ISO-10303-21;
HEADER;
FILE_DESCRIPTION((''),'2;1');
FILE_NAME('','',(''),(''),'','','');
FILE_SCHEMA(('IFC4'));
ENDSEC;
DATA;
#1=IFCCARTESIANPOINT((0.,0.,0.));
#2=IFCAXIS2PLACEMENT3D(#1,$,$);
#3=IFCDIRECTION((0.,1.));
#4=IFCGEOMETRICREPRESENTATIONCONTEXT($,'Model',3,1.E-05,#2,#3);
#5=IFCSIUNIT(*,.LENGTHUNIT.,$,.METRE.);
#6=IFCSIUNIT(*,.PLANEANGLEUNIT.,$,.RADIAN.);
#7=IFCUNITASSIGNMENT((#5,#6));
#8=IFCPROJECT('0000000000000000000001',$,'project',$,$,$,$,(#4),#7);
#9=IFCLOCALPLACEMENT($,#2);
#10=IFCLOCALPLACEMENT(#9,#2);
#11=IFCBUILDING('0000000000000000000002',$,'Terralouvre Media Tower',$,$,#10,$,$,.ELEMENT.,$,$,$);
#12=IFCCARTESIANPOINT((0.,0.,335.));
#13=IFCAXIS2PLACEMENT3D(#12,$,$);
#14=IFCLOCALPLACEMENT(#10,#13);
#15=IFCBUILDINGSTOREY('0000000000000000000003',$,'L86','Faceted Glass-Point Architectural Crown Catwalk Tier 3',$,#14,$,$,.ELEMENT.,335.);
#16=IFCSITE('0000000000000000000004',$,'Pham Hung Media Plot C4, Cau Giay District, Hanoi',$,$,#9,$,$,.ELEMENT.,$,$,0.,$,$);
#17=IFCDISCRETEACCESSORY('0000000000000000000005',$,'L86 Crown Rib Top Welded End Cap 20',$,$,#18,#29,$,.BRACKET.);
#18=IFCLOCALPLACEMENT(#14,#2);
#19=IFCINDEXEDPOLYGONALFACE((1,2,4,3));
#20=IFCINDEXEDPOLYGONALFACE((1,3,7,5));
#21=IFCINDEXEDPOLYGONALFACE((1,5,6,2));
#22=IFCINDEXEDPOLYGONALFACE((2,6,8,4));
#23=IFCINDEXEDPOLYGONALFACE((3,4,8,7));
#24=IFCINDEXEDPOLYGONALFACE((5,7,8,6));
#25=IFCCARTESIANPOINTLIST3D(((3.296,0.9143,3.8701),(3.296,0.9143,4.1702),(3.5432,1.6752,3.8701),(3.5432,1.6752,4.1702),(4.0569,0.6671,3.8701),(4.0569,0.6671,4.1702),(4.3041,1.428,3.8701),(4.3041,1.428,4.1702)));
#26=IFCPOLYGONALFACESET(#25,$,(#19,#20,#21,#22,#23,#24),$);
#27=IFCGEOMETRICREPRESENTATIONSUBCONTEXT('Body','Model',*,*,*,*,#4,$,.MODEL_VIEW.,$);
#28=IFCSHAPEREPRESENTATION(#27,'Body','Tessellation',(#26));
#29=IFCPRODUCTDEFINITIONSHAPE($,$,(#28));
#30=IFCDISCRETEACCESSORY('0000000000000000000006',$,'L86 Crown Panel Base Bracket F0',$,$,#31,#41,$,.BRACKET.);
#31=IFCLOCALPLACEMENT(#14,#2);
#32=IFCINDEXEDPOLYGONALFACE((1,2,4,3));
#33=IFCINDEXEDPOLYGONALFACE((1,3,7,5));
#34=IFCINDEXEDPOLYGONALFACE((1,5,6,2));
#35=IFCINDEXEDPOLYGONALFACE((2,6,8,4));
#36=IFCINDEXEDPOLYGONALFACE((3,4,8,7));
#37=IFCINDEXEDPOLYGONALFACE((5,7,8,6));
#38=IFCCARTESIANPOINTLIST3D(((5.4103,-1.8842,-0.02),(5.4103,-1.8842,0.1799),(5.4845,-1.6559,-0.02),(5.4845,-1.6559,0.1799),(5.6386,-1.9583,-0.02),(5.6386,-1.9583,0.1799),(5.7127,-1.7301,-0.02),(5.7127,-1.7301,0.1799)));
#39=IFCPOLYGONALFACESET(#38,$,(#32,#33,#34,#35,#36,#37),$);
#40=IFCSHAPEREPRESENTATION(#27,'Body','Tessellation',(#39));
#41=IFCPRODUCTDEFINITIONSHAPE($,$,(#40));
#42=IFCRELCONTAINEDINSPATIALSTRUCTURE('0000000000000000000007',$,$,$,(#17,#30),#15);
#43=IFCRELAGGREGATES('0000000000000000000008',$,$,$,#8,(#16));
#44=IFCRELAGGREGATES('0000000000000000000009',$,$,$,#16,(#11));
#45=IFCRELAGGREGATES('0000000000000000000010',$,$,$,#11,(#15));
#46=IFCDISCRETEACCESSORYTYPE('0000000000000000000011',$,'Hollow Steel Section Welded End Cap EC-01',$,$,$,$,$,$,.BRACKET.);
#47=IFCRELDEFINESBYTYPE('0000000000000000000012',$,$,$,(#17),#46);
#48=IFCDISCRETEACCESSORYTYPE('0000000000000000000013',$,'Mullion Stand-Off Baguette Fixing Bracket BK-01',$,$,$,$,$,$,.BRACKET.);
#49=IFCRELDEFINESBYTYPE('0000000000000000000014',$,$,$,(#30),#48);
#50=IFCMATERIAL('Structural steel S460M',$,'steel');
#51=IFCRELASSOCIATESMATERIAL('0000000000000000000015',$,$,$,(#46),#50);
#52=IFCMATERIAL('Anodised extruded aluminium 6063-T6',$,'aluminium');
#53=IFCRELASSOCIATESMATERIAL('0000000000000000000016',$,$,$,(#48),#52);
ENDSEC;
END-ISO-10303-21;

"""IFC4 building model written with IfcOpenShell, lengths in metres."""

from ifc_helpers import new_model, si_unit, direction, frame, origin, origin_2d, place, context, subcontext, project, spatial, rectangle, extrude, material, type_object, element, save


model = new_model("IFC4")

# Units and contexts
model_context = context("Model", 3, precision=1e-05, world=origin(), true_north=direction((0.0, 1.0)))
body_context = subcontext(model_context, "Body", "Model", "MODEL_VIEW")
ifc_project = project(units=[si_unit("LENGTHUNIT", "METRE"), si_unit("PLANEANGLEUNIT", "RADIAN")], contexts=[model_context])

# Site, building, storey
site_placement = place(None, origin())
site = spatial("IfcSite", under=ifc_project, at=site_placement, Name="Pham Hung Media Plot C4, Cau Giay District, Hanoi", CompositionType="ELEMENT", RefElevation=0.0)
building_placement = place(site_placement, origin())
building = spatial("IfcBuilding", under=site, at=building_placement, Name="Terralouvre Media Tower", CompositionType="ELEMENT")
storey_placement = place(building_placement, frame((0.0, 0.0, 335.0)))
storey = spatial("IfcBuildingStorey", under=building, at=storey_placement, Name="L86", Description="Faceted Glass-Point Architectural Crown Catwalk Tier 3", CompositionType="ELEMENT", Elevation=335.0)

# Discrete accessories
ifc_material_1 = material(Name="Structural steel S460M", Category="steel")
discrete_accessory_type_1 = type_object("IfcDiscreteAccessoryType", Name="Hollow Steel Section Welded End Cap EC-01", PredefinedType="BRACKET", material=ifc_material_1)
for number, where, z_axis, x_axis, name in (
    (1, (3.8, 1.1711, 3.8701), (0.0, 0.0, 1.0), (0.309017, 0.951057, 0.0), "L86 Crown Rib Top Welded End Cap 20"),
):
    element("IfcDiscreteAccessory", number, at=place(storey_placement, frame(where, z_axis=z_axis, x_axis=x_axis)), inside=storey, type_object=discrete_accessory_type_1, Name=name, PredefinedType="BRACKET", context=body_context, shape_type="SweptSolid", body=[
        extrude(rectangle(XDim=0.8, YDim=0.8, at=origin_2d()), origin(), (0.0, 0.0, 1.0), 0.3),
    ])
ifc_material_2 = material(Name="Anodised extruded aluminium 6063-T6", Category="aluminium")
discrete_accessory_type_2 = type_object("IfcDiscreteAccessoryType", Name="Mullion Stand-Off Baguette Fixing Bracket BK-01", PredefinedType="BRACKET", material=ifc_material_2)
discrete_accessory_placement = place(storey_placement, frame((5.5615, -1.8071, -0.02), z_axis=(0.0, 0.0, 1.0), x_axis=(0.309017, 0.951057, 0.0)))
element("IfcDiscreteAccessory", 2, at=discrete_accessory_placement, inside=storey, type_object=discrete_accessory_type_2, Name="L86 Crown Panel Base Bracket F0", PredefinedType="BRACKET", context=body_context, shape_type="SweptSolid", body=[
    extrude(rectangle(XDim=0.24, YDim=0.24, at=origin_2d()), origin(), (0.0, 0.0, 1.0), 0.2),
])

save(model, "model.ifc")
